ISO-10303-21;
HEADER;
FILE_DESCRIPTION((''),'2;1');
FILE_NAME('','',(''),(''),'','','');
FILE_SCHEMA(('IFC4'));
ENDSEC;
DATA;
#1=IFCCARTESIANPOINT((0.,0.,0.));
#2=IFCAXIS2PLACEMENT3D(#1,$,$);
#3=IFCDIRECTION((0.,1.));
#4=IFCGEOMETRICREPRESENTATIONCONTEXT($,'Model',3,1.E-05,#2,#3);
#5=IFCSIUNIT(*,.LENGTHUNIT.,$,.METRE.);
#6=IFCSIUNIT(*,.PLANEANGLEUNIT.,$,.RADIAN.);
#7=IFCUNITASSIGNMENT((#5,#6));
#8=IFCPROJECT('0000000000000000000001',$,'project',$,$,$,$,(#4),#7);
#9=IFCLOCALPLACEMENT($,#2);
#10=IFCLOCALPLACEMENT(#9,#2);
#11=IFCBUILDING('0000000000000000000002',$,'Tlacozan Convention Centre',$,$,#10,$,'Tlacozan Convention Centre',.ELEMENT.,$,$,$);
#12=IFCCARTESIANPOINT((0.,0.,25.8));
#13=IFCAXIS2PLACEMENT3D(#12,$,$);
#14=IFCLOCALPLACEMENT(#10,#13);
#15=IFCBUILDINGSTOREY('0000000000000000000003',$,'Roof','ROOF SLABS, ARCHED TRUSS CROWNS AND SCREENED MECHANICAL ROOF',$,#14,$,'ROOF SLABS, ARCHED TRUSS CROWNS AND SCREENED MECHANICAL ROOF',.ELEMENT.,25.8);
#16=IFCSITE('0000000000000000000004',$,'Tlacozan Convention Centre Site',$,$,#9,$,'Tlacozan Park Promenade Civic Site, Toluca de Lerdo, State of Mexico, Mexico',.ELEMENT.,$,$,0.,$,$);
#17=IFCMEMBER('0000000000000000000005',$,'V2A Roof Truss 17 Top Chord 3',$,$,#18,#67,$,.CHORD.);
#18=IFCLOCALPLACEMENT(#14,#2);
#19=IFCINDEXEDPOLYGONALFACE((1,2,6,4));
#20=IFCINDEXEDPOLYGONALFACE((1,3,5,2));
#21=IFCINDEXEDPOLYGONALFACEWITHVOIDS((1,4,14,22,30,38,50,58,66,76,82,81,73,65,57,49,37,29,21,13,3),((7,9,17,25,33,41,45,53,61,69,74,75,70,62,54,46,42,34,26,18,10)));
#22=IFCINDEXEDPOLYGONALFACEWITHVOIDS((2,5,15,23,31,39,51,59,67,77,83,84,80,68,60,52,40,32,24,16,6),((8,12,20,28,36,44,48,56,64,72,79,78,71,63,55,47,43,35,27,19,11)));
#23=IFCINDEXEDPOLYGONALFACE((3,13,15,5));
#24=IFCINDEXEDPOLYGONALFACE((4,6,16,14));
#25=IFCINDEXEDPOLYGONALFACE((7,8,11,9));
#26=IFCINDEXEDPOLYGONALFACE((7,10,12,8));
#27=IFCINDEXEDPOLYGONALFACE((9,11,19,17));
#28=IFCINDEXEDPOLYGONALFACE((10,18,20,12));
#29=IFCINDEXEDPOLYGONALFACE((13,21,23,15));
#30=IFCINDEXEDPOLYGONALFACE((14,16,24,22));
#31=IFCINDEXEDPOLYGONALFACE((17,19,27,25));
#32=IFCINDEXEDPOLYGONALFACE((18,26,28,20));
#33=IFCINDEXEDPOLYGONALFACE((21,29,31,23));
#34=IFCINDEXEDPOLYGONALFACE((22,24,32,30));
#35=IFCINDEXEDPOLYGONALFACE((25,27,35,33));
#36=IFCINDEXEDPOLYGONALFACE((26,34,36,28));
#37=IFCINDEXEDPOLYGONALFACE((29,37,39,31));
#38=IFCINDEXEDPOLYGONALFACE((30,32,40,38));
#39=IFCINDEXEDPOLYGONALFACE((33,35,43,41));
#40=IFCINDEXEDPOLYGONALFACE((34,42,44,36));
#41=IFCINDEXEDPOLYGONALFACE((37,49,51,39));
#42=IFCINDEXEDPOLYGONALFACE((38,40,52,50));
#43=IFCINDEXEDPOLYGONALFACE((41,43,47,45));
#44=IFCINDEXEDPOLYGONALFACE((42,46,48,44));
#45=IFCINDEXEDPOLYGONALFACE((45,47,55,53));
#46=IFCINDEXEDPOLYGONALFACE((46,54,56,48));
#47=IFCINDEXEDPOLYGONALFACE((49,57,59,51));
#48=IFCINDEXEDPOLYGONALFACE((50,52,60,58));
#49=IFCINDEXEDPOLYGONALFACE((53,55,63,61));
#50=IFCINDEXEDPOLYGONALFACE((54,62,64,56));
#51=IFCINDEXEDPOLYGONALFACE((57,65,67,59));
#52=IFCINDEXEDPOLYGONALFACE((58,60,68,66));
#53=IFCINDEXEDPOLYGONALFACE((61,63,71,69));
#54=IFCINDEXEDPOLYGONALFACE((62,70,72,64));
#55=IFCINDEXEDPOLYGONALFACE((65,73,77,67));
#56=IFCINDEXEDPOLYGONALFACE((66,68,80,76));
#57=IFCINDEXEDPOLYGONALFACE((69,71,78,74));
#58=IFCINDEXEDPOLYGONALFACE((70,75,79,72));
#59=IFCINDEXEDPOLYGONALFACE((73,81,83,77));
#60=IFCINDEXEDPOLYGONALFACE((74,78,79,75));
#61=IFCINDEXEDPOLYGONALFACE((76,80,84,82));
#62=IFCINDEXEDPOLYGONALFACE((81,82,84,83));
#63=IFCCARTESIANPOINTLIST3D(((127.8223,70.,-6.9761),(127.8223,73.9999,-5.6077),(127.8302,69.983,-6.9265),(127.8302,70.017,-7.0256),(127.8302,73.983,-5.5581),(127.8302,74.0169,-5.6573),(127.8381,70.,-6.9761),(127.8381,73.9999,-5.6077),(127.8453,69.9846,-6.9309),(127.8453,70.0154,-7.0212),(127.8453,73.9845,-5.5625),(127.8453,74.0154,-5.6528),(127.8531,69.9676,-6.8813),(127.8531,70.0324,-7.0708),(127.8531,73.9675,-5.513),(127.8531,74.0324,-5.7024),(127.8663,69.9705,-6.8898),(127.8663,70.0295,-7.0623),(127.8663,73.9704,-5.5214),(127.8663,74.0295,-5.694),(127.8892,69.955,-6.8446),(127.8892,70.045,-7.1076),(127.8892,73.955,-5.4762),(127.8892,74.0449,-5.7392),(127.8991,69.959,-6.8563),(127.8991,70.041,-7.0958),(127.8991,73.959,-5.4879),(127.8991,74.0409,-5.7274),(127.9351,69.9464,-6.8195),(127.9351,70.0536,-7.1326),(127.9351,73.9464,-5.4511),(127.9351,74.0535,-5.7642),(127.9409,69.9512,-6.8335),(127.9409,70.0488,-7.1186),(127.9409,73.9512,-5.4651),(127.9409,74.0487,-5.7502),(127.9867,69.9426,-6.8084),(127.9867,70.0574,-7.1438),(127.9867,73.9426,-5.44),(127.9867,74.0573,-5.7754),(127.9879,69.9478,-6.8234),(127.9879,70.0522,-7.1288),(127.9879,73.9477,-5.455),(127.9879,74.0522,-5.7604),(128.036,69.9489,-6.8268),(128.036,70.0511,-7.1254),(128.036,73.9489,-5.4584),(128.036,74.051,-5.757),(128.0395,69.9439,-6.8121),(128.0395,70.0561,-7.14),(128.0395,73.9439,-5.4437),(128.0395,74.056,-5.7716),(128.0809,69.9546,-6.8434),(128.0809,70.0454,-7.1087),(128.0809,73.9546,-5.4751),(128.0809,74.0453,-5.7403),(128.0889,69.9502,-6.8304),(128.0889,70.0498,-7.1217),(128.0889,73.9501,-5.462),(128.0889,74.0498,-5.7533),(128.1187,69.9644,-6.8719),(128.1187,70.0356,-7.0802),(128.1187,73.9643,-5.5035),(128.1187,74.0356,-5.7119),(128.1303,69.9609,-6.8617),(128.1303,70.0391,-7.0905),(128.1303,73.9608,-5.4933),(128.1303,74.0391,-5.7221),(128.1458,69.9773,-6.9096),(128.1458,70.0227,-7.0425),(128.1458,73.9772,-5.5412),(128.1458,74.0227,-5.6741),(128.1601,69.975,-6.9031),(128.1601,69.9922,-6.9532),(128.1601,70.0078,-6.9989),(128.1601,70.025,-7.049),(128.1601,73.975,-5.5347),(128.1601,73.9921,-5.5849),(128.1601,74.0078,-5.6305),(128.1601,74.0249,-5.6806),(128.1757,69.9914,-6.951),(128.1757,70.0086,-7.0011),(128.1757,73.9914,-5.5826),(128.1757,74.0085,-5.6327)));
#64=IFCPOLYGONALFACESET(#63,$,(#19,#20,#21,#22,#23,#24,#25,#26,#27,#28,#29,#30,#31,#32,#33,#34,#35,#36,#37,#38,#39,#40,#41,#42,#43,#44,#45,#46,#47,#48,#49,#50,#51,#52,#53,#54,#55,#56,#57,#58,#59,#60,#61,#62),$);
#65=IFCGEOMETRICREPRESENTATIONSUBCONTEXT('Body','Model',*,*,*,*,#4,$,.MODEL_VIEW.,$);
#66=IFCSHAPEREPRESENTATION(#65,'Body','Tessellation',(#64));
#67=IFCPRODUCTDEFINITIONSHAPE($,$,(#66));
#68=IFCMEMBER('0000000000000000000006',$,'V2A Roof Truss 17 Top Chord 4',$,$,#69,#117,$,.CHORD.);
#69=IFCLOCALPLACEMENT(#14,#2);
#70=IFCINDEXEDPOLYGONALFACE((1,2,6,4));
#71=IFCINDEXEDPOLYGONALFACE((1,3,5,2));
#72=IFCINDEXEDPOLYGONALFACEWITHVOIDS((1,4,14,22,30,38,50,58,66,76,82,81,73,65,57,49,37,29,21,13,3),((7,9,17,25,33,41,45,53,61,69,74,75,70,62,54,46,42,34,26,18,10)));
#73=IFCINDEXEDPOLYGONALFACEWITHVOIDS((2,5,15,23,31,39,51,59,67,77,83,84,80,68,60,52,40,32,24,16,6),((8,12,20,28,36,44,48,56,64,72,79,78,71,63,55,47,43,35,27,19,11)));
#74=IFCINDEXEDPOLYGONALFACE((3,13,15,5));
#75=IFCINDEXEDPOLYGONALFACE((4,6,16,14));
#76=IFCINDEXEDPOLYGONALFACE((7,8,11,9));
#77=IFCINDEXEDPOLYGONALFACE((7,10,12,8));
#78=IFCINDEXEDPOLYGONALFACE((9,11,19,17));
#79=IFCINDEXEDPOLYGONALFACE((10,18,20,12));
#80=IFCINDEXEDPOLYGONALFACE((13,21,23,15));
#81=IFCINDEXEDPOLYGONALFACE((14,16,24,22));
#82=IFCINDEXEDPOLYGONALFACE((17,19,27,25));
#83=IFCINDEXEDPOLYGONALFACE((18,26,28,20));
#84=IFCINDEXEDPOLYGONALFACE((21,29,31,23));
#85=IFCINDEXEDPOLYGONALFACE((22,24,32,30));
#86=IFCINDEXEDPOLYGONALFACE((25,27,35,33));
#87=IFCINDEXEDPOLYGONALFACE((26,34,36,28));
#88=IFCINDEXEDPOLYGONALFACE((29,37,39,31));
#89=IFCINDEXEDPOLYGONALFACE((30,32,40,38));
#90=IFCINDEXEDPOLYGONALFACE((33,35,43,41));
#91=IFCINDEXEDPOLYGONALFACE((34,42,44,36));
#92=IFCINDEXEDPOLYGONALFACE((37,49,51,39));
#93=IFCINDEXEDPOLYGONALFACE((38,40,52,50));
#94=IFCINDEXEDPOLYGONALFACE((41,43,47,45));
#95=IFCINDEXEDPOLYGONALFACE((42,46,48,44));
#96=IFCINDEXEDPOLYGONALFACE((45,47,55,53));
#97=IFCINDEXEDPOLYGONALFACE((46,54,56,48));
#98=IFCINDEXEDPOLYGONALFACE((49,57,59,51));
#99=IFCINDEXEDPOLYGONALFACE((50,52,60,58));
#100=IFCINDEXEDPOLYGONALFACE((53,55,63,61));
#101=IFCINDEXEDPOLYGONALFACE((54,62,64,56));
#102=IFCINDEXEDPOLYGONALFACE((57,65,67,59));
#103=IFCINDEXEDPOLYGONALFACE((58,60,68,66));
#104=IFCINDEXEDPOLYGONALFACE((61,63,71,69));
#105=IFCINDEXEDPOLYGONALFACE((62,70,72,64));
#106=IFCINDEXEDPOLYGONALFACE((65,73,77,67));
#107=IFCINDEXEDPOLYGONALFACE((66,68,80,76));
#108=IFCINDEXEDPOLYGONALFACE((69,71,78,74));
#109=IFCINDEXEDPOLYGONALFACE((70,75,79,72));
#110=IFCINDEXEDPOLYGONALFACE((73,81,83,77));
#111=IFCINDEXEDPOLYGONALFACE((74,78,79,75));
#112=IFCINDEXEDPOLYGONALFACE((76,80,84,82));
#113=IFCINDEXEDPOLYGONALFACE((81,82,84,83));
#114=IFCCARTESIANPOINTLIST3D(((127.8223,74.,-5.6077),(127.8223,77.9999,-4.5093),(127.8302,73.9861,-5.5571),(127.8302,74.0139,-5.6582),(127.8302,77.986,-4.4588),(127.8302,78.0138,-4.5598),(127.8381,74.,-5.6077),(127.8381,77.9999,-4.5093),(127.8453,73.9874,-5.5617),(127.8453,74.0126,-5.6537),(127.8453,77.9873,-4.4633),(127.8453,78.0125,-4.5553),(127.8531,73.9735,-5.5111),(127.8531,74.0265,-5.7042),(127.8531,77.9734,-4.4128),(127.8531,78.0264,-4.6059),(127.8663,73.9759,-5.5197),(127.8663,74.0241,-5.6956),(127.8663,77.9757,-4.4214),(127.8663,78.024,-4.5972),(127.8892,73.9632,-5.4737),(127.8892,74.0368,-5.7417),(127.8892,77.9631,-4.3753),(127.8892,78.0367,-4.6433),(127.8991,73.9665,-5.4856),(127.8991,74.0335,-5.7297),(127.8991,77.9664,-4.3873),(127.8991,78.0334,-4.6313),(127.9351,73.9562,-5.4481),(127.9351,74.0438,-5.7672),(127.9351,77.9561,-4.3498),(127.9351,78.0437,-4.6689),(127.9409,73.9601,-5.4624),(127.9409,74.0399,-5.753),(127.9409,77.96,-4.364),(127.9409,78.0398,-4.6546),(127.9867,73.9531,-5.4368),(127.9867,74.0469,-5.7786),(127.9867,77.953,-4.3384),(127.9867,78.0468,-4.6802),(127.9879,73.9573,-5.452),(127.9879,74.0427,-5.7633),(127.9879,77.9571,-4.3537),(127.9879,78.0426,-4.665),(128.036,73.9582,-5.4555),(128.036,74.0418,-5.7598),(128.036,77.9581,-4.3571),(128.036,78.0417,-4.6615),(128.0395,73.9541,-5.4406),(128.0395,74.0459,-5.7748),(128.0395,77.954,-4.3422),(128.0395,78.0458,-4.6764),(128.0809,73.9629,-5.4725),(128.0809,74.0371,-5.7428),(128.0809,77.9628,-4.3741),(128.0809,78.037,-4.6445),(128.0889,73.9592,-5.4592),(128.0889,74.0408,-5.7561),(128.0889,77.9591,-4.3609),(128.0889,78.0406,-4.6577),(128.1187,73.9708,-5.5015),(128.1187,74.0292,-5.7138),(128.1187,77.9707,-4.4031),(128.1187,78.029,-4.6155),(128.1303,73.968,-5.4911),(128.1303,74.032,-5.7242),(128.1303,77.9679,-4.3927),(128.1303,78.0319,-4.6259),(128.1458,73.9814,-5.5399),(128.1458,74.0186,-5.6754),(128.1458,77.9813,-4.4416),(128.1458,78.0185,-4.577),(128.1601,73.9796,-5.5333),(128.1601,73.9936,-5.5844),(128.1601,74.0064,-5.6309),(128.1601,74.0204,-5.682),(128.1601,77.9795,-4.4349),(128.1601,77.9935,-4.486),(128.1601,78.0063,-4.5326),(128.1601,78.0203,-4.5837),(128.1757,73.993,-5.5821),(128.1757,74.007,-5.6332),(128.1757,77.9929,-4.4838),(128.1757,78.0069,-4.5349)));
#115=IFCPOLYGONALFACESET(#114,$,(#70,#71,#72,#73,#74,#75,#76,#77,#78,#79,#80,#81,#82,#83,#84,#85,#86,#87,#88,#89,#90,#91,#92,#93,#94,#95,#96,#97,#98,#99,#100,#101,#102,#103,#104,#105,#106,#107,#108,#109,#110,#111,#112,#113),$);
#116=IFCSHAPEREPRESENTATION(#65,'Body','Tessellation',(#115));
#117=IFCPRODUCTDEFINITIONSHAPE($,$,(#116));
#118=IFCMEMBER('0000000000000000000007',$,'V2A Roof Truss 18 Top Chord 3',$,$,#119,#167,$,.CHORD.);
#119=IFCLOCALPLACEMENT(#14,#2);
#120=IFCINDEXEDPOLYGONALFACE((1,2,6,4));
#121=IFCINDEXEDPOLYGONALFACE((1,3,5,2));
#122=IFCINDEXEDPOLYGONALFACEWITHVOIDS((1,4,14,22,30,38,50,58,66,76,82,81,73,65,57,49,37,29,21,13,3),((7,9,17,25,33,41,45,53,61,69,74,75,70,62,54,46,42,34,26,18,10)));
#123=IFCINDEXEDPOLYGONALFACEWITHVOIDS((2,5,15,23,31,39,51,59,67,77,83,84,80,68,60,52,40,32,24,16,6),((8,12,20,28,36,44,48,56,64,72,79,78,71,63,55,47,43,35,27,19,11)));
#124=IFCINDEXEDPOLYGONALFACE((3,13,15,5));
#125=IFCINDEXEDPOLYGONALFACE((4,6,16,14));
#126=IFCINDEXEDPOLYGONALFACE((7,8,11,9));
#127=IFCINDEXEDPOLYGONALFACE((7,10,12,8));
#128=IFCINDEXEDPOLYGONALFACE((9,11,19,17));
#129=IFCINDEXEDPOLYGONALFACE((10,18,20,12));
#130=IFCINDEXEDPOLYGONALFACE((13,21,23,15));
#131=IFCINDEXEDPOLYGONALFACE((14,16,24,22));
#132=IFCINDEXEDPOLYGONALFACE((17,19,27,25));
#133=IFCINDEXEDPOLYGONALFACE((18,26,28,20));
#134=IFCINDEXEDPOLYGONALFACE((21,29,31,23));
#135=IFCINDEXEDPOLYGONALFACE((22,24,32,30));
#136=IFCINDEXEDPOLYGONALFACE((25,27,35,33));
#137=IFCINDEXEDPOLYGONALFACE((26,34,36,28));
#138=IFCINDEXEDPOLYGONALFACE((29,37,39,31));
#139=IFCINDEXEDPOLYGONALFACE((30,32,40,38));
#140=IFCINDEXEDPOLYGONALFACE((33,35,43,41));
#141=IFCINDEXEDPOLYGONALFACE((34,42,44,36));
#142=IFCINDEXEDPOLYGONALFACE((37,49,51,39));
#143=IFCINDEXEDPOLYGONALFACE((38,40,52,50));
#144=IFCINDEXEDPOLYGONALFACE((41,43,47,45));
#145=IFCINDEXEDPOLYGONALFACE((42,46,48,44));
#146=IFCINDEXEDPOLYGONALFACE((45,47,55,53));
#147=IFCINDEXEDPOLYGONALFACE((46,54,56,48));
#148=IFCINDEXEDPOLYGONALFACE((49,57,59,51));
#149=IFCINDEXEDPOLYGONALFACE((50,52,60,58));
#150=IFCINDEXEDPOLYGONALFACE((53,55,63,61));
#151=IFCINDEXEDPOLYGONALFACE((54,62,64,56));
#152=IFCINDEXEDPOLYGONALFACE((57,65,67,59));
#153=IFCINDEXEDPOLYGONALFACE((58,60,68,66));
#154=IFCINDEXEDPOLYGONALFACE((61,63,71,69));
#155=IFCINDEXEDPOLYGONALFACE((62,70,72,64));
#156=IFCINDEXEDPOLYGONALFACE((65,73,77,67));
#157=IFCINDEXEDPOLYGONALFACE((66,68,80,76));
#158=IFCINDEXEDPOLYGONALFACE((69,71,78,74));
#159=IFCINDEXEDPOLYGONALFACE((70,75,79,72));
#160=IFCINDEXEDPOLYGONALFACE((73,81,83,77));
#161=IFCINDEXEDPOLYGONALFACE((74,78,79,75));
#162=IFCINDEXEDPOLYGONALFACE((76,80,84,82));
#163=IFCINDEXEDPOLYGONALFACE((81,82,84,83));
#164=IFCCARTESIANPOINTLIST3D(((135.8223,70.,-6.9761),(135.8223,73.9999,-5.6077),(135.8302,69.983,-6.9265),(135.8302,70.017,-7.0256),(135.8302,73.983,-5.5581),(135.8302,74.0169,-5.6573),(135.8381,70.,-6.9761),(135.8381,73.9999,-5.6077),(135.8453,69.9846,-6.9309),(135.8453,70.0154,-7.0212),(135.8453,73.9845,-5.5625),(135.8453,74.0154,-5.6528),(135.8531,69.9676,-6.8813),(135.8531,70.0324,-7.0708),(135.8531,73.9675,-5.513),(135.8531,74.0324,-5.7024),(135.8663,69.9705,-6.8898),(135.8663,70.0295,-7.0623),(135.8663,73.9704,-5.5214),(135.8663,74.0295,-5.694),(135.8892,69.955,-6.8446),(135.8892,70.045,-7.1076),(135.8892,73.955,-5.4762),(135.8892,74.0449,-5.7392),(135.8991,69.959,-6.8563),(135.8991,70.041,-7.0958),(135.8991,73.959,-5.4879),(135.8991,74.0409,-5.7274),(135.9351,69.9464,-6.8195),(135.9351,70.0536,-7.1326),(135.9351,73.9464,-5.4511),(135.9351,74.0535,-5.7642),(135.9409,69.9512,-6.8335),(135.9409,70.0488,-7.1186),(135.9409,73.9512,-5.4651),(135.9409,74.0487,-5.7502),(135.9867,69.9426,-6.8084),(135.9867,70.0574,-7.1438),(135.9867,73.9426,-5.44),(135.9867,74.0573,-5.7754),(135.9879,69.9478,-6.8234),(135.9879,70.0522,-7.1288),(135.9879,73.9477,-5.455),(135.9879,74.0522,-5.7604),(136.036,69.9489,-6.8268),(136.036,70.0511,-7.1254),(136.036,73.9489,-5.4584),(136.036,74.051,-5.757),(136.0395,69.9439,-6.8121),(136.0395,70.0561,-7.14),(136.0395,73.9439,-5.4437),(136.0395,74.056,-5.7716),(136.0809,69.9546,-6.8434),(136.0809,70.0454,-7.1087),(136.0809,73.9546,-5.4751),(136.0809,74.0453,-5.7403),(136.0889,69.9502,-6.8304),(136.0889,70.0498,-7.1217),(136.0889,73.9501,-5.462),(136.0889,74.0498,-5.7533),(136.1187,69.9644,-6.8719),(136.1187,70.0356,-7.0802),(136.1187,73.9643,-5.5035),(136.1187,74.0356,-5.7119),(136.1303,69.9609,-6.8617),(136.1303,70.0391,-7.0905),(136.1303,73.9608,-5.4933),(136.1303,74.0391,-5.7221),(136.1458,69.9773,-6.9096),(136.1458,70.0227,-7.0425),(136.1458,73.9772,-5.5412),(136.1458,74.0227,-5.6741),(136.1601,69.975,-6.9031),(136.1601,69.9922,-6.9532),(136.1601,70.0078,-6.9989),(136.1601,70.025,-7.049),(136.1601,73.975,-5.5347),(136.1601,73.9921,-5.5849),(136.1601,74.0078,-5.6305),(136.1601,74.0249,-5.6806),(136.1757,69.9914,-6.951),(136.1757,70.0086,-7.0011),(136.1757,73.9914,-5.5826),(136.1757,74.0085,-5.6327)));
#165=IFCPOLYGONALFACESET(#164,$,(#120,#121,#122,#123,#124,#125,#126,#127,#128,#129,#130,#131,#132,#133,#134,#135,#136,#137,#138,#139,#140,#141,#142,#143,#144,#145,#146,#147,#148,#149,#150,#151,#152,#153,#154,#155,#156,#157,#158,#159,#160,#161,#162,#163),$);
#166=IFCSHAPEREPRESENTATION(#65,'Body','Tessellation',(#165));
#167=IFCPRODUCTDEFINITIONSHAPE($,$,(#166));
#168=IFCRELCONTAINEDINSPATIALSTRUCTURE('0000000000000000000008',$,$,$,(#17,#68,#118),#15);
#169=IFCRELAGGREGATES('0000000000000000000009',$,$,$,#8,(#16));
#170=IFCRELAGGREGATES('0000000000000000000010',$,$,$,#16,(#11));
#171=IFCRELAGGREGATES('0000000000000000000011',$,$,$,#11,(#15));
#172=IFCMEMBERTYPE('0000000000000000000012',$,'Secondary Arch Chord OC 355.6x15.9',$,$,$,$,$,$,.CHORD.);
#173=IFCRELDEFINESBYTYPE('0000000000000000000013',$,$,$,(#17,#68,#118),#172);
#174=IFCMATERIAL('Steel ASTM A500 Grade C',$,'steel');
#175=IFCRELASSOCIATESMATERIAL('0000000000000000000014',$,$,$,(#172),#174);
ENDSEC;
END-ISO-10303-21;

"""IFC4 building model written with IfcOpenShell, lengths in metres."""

from ifc_helpers import new_model, si_unit, direction, frame, origin, origin_2d, place, context, subcontext, project, spatial, hollow_circle, extrude, material, material_profile, profile_set, type_object, element, save


model = new_model("IFC4")

# Units and contexts
model_context = context("Model", 3, precision=1e-05, world=origin(), true_north=direction((0.0, 1.0)))
body_context = subcontext(model_context, "Body", "Model", "MODEL_VIEW")
ifc_project = project(units=[si_unit("LENGTHUNIT", "METRE"), si_unit("PLANEANGLEUNIT", "RADIAN")], contexts=[model_context])

# Site, building, storey
site_placement = place(None, origin())
site = spatial("IfcSite", under=ifc_project, at=site_placement, Name="Tlacozan Convention Centre Site", LongName="Tlacozan Park Promenade Civic Site, Toluca de Lerdo, State of Mexico, Mexico", CompositionType="ELEMENT", RefElevation=0.0)
building_placement = place(site_placement, origin())
building = spatial("IfcBuilding", under=site, at=building_placement, Name="Tlacozan Convention Centre", LongName="Tlacozan Convention Centre", CompositionType="ELEMENT")
storey_placement = place(building_placement, frame((0.0, 0.0, 25.8)))
storey = spatial("IfcBuildingStorey", under=building, at=storey_placement, Name="Roof", Description="ROOF SLABS, ARCHED TRUSS CROWNS AND SCREENED MECHANICAL ROOF", LongName="ROOF SLABS, ARCHED TRUSS CROWNS AND SCREENED MECHANICAL ROOF", CompositionType="ELEMENT", Elevation=25.8)

# Members
ifc_material_1 = material(Name="Steel ASTM A500 Grade C", Category="steel")
ifc_material_profile_1 = material_profile(ifc_material_1, hollow_circle(Radius=0.1777, WallThickness=0.0159, at=origin_2d()), Name="OC 355.6x15.9")
ifc_profile_set_1 = profile_set([ifc_material_profile_1], Name="Steel ASTM A500 Grade C")
member_type_1 = type_object("IfcMemberType", Name="Secondary Arch Chord OC 355.6x15.9", PredefinedType="CHORD", material=ifc_profile_set_1)
member_1_placement = place(storey_placement, frame((128.0, 70.0, -6.9761), z_axis=(0.0, 0.946165, 0.323685), x_axis=(-1.0, 0.0, 0.0)))
element("IfcMember", 1, at=member_1_placement, inside=storey, type_object=member_type_1, Name="V2A Roof Truss 17 Top Chord 3", PredefinedType="CHORD", context=body_context, shape_type="SweptSolid", body=[
    extrude(hollow_circle(Radius=0.1777, WallThickness=0.0159, at=origin_2d()), origin(), (0.0, 0.0, 1.0), 4.2275),
])
member_2_placement = place(storey_placement, frame((128.0, 74.0, -5.6077), z_axis=(0.0, 0.964305, 0.264795), x_axis=(-1.0, 0.0, 0.0)))
element("IfcMember", 2, at=member_2_placement, inside=storey, type_object=member_type_1, Name="V2A Roof Truss 17 Top Chord 4", PredefinedType="CHORD", context=body_context, shape_type="SweptSolid", body=[
    extrude(hollow_circle(Radius=0.1777, WallThickness=0.0159, at=origin_2d()), origin(), (0.0, 0.0, 1.0), 4.1479),
])
member_3_placement = place(storey_placement, frame((136.0, 70.0, -6.9761), z_axis=(0.0, 0.946165, 0.323685), x_axis=(-1.0, 0.0, 0.0)))
element("IfcMember", 3, at=member_3_placement, inside=storey, type_object=member_type_1, Name="V2A Roof Truss 18 Top Chord 3", PredefinedType="CHORD", context=body_context, shape_type="SweptSolid", body=[
    extrude(hollow_circle(Radius=0.1777, WallThickness=0.0159, at=origin_2d()), origin(), (0.0, 0.0, 1.0), 4.2275),
])

save(model, "model.ifc")
